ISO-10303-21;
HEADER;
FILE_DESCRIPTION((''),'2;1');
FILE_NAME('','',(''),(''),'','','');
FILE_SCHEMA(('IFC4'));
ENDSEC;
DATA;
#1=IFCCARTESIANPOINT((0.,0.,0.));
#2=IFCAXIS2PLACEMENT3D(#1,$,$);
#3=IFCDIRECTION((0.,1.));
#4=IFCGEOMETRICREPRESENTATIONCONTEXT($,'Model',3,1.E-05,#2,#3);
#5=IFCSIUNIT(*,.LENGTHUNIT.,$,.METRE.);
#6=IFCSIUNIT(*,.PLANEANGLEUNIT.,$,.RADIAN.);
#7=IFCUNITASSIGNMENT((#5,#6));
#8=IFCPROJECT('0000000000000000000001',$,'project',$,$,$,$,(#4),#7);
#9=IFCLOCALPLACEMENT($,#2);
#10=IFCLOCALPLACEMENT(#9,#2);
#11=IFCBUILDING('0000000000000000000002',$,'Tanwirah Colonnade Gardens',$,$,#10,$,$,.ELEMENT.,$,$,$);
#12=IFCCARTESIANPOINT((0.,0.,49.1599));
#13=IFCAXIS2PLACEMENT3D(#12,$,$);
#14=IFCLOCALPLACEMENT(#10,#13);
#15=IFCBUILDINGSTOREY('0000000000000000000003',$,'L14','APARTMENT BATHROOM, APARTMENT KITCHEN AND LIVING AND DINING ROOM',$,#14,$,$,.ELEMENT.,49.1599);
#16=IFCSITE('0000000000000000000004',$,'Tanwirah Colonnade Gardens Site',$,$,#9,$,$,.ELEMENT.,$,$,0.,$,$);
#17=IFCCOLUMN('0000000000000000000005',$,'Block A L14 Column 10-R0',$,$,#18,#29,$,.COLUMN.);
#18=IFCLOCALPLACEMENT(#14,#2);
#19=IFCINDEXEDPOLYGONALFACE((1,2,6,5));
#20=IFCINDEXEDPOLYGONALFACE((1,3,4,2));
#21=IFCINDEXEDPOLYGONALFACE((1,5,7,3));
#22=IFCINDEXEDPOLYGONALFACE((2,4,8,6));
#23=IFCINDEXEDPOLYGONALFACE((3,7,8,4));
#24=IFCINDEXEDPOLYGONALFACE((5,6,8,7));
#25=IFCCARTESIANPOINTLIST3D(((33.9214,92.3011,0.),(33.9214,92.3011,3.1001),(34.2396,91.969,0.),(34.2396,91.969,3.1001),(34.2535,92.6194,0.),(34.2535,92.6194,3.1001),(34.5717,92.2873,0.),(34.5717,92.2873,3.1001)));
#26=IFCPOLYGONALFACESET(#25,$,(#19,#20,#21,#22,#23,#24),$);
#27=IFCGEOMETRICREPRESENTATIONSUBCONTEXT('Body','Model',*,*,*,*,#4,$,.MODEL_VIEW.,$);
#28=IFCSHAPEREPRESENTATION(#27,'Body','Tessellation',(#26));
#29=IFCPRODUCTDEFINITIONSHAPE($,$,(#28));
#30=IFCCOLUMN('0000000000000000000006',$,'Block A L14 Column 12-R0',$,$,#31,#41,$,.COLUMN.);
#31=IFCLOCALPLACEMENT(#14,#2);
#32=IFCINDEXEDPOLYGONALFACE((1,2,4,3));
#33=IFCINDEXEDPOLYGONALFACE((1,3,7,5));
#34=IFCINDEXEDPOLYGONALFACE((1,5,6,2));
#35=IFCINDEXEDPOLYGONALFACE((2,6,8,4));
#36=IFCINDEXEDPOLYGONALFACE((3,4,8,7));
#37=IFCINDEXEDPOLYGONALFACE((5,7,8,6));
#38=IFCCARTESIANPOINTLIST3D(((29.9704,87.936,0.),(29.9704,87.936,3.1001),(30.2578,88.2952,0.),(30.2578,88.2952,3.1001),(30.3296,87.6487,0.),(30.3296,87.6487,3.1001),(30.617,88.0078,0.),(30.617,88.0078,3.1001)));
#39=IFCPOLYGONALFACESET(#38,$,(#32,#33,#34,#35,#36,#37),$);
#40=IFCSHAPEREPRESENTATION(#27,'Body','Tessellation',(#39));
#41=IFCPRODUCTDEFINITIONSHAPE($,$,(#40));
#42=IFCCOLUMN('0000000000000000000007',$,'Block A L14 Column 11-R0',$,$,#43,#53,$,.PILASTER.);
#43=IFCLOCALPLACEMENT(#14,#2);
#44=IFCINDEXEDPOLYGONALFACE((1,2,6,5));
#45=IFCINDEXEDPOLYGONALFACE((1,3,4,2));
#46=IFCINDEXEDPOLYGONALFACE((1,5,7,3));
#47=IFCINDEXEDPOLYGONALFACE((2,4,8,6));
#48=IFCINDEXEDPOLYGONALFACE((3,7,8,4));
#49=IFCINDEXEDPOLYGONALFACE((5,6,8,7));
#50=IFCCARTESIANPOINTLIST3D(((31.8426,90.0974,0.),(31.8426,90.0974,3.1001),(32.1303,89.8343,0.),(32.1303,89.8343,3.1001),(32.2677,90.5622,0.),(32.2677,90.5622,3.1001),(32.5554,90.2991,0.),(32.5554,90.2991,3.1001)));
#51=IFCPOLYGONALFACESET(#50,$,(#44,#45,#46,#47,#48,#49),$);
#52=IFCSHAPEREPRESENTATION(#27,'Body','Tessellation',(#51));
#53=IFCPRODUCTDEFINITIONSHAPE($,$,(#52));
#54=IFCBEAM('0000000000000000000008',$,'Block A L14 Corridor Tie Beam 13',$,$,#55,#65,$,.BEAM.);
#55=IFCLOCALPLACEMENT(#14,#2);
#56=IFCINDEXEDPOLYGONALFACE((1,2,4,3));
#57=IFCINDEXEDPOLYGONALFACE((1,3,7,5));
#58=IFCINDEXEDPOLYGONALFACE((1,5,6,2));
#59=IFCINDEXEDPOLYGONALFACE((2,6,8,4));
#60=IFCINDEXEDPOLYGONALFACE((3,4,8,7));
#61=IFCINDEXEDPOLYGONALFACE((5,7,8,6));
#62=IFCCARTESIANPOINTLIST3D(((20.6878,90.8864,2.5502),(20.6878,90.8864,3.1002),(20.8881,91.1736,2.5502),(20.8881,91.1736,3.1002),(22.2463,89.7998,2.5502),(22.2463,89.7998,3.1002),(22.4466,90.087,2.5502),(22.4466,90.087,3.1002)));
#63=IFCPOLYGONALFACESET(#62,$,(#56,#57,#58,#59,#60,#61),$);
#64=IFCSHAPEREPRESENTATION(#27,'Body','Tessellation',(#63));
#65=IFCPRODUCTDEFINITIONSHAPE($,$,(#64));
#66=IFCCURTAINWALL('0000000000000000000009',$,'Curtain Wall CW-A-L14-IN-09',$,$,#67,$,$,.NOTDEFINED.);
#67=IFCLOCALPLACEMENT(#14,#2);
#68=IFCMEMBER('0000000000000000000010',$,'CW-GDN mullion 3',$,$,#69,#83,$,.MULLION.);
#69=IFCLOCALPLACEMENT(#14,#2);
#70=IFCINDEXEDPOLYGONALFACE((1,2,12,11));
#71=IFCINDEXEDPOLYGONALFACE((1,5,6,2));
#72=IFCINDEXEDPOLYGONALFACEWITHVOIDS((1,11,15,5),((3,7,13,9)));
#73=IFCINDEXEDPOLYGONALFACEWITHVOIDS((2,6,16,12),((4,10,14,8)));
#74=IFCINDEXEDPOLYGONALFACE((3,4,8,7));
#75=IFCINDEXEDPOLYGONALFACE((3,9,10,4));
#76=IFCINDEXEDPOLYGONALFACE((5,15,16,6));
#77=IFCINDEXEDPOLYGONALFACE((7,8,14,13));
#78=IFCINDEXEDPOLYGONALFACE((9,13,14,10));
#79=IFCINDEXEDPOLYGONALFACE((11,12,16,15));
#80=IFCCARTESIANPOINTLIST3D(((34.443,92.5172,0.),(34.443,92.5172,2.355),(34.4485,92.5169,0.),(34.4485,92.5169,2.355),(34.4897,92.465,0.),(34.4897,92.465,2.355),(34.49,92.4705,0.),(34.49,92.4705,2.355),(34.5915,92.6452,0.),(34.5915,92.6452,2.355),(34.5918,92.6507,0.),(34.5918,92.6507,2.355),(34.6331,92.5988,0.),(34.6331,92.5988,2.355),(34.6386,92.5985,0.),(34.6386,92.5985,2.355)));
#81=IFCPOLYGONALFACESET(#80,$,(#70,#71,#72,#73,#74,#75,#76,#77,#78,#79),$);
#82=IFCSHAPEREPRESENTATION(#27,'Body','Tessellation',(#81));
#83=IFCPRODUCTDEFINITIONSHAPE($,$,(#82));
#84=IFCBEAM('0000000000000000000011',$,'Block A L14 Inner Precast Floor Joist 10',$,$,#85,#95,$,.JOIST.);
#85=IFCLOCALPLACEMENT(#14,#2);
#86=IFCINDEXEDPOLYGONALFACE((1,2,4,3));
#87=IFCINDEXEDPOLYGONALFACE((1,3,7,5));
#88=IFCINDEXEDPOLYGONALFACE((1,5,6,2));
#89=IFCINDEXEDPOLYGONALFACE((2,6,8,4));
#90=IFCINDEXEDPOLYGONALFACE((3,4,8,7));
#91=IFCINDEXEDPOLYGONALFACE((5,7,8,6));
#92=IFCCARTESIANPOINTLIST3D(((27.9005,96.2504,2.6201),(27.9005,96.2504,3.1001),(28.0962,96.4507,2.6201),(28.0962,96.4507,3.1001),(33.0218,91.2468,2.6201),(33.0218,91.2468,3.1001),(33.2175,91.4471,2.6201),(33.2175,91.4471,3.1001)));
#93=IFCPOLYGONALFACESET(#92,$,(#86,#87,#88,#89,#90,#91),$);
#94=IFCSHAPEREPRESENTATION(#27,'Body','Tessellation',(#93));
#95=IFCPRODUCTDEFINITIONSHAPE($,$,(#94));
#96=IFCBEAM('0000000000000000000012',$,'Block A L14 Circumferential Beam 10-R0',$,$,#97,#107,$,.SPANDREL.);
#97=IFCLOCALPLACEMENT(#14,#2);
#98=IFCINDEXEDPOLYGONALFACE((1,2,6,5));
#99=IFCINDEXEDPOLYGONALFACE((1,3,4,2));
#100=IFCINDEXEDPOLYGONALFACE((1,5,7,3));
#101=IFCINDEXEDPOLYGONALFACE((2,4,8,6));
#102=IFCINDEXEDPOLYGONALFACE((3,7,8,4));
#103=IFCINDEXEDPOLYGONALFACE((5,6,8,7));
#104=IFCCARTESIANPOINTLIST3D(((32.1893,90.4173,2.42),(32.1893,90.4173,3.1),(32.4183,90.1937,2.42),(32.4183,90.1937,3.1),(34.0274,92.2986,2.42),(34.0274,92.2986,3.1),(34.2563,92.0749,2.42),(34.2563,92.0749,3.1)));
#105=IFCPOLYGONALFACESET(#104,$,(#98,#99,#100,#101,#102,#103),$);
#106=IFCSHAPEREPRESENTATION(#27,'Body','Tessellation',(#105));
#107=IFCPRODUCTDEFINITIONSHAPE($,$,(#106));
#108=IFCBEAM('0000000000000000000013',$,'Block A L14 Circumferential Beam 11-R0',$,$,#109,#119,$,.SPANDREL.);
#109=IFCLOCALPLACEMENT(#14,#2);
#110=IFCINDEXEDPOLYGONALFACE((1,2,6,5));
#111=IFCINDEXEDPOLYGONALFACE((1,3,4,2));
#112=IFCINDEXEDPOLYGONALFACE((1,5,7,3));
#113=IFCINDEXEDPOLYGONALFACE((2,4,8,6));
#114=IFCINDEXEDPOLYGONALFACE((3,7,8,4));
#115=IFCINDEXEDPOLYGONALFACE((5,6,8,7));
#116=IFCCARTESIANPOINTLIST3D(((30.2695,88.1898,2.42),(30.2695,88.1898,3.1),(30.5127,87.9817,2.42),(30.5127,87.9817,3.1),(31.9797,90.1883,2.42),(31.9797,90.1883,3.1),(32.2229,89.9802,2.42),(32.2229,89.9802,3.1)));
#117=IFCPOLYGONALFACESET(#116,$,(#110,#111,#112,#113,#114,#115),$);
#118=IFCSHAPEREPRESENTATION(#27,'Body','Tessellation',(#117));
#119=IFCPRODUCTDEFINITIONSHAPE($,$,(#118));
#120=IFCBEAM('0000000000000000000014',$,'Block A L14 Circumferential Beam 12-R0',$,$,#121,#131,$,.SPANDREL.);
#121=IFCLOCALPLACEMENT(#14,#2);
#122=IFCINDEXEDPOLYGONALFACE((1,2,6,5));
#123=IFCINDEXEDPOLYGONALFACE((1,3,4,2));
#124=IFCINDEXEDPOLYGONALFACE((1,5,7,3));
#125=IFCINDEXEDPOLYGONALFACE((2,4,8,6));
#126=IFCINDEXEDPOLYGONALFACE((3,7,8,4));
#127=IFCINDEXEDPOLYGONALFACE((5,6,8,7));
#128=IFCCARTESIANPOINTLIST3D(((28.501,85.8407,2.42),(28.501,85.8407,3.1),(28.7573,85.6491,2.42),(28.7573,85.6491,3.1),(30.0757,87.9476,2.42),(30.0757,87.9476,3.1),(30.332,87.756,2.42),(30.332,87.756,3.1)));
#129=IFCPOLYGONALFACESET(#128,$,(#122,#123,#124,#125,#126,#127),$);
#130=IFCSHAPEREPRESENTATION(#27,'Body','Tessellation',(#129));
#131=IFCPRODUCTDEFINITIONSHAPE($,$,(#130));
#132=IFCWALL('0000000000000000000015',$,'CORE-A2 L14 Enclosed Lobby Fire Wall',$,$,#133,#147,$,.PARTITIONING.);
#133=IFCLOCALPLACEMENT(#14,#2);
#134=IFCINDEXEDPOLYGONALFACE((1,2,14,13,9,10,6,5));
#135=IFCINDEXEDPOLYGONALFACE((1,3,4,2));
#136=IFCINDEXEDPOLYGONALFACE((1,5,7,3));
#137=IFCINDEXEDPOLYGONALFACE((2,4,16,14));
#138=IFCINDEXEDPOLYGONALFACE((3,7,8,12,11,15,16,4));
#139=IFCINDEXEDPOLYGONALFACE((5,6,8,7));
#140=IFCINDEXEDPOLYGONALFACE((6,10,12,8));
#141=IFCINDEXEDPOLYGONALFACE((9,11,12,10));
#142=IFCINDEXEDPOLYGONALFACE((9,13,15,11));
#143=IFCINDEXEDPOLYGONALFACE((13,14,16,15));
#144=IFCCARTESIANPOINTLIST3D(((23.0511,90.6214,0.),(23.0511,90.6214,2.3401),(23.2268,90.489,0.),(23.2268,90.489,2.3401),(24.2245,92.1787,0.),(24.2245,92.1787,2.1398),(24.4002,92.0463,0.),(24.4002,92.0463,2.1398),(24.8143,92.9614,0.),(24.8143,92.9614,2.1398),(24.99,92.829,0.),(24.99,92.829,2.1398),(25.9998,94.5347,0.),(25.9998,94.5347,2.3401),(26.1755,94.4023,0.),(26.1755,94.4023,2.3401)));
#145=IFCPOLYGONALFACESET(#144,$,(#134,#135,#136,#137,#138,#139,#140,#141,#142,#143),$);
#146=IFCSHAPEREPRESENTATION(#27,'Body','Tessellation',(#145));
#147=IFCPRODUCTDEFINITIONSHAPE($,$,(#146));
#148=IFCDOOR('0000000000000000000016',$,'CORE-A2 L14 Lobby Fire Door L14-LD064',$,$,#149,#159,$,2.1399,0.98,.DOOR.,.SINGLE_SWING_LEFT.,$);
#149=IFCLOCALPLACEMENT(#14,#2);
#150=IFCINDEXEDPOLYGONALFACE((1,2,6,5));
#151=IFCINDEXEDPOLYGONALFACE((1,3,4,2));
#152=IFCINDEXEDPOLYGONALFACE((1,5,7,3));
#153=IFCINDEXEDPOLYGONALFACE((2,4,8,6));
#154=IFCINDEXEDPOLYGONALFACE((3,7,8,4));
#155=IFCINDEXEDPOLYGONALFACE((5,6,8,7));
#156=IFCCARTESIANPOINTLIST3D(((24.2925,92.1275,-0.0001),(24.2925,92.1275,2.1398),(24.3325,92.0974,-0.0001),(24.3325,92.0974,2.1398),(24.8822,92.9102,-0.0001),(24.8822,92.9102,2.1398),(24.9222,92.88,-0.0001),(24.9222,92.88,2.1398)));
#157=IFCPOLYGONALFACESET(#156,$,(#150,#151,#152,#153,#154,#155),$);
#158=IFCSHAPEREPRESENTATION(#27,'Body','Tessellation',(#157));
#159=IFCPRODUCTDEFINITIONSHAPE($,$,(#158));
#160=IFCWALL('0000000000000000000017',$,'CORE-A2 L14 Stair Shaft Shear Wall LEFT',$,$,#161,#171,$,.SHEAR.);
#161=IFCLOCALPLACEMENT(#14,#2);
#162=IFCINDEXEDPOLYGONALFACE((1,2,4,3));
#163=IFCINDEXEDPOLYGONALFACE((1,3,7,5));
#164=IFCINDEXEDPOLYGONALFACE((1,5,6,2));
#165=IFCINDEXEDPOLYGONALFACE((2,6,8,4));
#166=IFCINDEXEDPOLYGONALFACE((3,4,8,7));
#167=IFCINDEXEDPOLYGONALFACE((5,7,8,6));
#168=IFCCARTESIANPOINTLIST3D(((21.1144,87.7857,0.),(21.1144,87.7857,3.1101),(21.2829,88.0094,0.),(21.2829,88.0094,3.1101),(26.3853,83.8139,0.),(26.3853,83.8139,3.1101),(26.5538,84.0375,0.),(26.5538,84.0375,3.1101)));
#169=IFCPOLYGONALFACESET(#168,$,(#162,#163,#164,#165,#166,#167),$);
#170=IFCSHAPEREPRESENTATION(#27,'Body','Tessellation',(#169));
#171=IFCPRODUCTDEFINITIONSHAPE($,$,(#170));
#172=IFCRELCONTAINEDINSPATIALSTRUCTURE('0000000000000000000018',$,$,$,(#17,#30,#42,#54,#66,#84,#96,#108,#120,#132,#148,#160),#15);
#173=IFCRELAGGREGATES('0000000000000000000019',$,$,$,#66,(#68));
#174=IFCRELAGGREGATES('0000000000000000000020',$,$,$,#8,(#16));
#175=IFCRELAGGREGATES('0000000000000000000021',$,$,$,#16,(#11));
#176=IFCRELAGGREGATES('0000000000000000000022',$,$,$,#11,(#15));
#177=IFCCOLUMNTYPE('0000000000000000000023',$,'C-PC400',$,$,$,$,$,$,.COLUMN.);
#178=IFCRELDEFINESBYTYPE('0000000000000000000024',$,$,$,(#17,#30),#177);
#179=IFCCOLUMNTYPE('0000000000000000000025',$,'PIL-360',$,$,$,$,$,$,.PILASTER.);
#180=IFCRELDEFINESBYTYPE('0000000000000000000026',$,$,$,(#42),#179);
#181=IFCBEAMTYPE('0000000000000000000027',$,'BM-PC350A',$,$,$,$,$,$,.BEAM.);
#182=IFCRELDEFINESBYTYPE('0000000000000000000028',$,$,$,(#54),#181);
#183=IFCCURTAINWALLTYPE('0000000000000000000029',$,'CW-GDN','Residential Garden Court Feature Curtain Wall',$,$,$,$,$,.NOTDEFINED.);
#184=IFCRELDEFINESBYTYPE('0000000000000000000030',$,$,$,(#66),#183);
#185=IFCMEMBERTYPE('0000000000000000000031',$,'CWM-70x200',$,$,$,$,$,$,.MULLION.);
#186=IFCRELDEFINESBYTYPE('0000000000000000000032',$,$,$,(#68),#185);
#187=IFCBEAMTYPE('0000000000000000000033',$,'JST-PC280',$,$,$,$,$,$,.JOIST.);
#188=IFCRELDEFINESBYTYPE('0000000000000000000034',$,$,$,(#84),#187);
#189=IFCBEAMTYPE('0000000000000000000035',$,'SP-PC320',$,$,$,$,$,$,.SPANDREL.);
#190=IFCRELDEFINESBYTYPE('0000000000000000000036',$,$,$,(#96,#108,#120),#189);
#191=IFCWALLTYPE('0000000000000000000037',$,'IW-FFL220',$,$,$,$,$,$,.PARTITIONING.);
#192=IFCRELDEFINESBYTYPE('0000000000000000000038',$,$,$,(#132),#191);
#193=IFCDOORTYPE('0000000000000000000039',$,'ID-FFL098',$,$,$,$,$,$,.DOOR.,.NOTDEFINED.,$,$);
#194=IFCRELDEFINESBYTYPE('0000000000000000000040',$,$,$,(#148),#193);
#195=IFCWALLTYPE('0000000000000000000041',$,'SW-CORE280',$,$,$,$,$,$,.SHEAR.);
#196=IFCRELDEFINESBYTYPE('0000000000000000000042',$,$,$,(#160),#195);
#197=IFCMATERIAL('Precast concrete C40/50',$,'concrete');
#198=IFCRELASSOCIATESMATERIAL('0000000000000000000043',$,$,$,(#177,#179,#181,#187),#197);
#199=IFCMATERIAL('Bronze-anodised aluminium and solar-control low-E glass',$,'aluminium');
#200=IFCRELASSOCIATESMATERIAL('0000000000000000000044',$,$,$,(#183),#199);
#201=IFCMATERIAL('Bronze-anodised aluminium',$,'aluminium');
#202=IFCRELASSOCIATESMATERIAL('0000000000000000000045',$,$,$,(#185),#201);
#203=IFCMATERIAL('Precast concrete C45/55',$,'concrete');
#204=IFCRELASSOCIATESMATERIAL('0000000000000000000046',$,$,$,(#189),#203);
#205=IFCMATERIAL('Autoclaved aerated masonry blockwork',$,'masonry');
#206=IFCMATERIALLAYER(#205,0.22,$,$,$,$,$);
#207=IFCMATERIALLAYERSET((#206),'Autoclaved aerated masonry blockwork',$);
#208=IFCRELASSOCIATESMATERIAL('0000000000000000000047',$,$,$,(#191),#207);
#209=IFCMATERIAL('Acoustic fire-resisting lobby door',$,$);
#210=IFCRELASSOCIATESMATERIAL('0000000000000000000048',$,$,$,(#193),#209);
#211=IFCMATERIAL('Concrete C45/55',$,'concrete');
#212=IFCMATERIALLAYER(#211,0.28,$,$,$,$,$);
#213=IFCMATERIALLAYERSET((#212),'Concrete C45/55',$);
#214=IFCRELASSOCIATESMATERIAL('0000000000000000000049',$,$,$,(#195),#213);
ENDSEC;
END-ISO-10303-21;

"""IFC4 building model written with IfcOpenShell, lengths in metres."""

from ifc_helpers import new_model, si_unit, direction, frame, frame_2d, origin, origin_2d, place, context, subcontext, project, spatial, rectangle, hollow_rectangle, extrude, material, layer, layer_set, material_profile, profile_set, type_object, element, fill, aggregate, save


model = new_model("IFC4")

# Units and contexts
model_context = context("Model", 3, precision=1e-05, world=origin(), true_north=direction((0.0, 1.0)))
body_context = subcontext(model_context, "Body", "Model", "MODEL_VIEW")
ifc_project = project(units=[si_unit("LENGTHUNIT", "METRE"), si_unit("PLANEANGLEUNIT", "RADIAN")], contexts=[model_context])

# Site, building, storey
site_placement = place(None, origin())
site = spatial("IfcSite", under=ifc_project, at=site_placement, Name="Tanwirah Colonnade Gardens Site", CompositionType="ELEMENT", RefElevation=0.0)
building_placement = place(site_placement, origin())
building = spatial("IfcBuilding", under=site, at=building_placement, Name="Tanwirah Colonnade Gardens", CompositionType="ELEMENT")
storey_placement = place(building_placement, frame((0.0, 0.0, 49.1599)))
storey = spatial("IfcBuildingStorey", under=building, at=storey_placement, Name="L14", Description="APARTMENT BATHROOM, APARTMENT KITCHEN AND LIVING AND DINING ROOM", CompositionType="ELEMENT", Elevation=49.1599)

# Columns
ifc_material_1 = material(Name="Precast concrete C40/50", Category="concrete")
ifc_material_profile_1 = material_profile(ifc_material_1, rectangle(XDim=0.46, YDim=0.46, at=origin_2d()), Name="PC-COL 460x460")
ifc_profile_set_1 = profile_set([ifc_material_profile_1], Name="Precast concrete C40/50")
column_type_1 = type_object("IfcColumnType", Name="C-PC400", PredefinedType="COLUMN", material=ifc_profile_set_1)
for number, where, z_axis, x_axis, name in (
    (1, (34.2466, 92.2942, 0.0), (0.0, 0.0, 1.0), (-0.691863, 0.722029, 0.0), "Block A L14 Column 10-R0"),
    (2, (30.2937, 87.9719, 0.0), (0.0, 0.0, 1.0), (-0.780794, 0.624788, 0.0), "Block A L14 Column 12-R0"),
):
    element("IfcColumn", number, at=place(storey_placement, frame(where, z_axis=z_axis, x_axis=x_axis)), inside=storey, type_object=column_type_1, Name=name, PredefinedType="COLUMN", context=body_context, shape_type="SweptSolid", body=[
        extrude(rectangle(XDim=0.46, YDim=0.46, at=origin_2d()), origin(), (0.0, 0.0, 1.0), 3.1001),
    ])
ifc_material_profile_2 = material_profile(ifc_material_1, rectangle(XDim=0.3899, YDim=0.6299, at=origin_2d()), Name="PC-PIL 390x630")
ifc_profile_set_2 = profile_set([ifc_material_profile_2], Name="Precast concrete C40/50")
column_type_2 = type_object("IfcColumnType", Name="PIL-360", PredefinedType="PILASTER", material=ifc_profile_set_2)
column_placement = place(storey_placement, frame((32.199, 90.1982, 0.0), z_axis=(0.0, 0.0, 1.0), x_axis=(-0.737932, 0.674875, 0.0)))
element("IfcColumn", 3, at=column_placement, inside=storey, type_object=column_type_2, Name="Block A L14 Column 11-R0", PredefinedType="PILASTER", context=body_context, shape_type="SweptSolid", body=[
    extrude(rectangle(XDim=0.3899, YDim=0.6299, at=origin_2d()), origin(), (0.0, 0.0, 1.0), 3.1001),
])

# Beam
ifc_material_profile_3 = material_profile(ifc_material_1, rectangle(XDim=0.3501, YDim=0.55, at=origin_2d()), Name="PC-BM 350x550")
ifc_profile_set_3 = profile_set([ifc_material_profile_3], Name="Precast concrete C40/50")
beam_type_1 = type_object("IfcBeamType", Name="BM-PC350A", PredefinedType="BEAM", material=ifc_profile_set_3)
beam_1_placement = place(storey_placement, frame((22.3464, 89.9434, 2.8252), z_axis=(-0.820305, 0.571926, 0.0), x_axis=(-0.571926, -0.820305, 0.0)))
element("IfcBeam", 4, at=beam_1_placement, inside=storey, type_object=beam_type_1, Name="Block A L14 Corridor Tie Beam 13", PredefinedType="BEAM", context=body_context, shape_type="SweptSolid", body=[
    extrude(rectangle(XDim=0.3501, YDim=0.55, at=origin_2d()), origin(), (0.0, 0.0, 1.0), 1.8999),
])

# Curtain wall, member
ifc_material_2 = material(Name="Bronze-anodised aluminium and solar-control low-E glass", Category="aluminium")
curtain_wall_type = type_object("IfcCurtainWallType", Name="CW-GDN", Description="Residential Garden Court Feature Curtain Wall", PredefinedType="NOTDEFINED", material=ifc_material_2)
curtain_wall_placement = place(storey_placement, origin())
curtain_wall = element("IfcCurtainWall", 5, at=curtain_wall_placement, inside=storey, type_object=curtain_wall_type, Name="Curtain Wall CW-A-L14-IN-09", PredefinedType="NOTDEFINED")
ifc_material_3 = material(Name="Bronze-anodised aluminium", Category="aluminium")
ifc_material_profile_4 = material_profile(ifc_material_3, hollow_rectangle(XDim=0.0701, YDim=0.2, WallThickness=0.0039, at=origin_2d()), Name="CW-MUL 70x200x4")
ifc_profile_set_4 = profile_set([ifc_material_profile_4], Name="Bronze-anodised aluminium")
member_type = type_object("IfcMemberType", Name="CWM-70x200", PredefinedType="MULLION", material=ifc_profile_set_4)
member_placement = place(storey_placement, frame((34.5408, 92.5579, 0.0), z_axis=(0.0, 0.0, 1.0), x_axis=(0.667689, -0.74444, 0.0)))
member = element("IfcMember", 6, at=member_placement, type_object=member_type, Name="CW-GDN mullion 3", PredefinedType="MULLION", context=body_context, shape_type="SweptSolid", body=[
    extrude(hollow_rectangle(XDim=0.0701, YDim=0.2, WallThickness=0.0039, at=origin_2d()), origin(), (0.0, 0.0, 1.0), 2.355),
])
aggregate(curtain_wall, [member])

# Beams
ifc_material_profile_5 = material_profile(ifc_material_1, rectangle(XDim=0.28, YDim=0.48, at=origin_2d()), Name="PC-JST 280x480")
ifc_profile_set_5 = profile_set([ifc_material_profile_5], Name="Precast concrete C40/50")
beam_type_2 = type_object("IfcBeamType", Name="JST-PC280", PredefinedType="JOIST", material=ifc_profile_set_5)
beam_2_placement = place(storey_placement, frame((33.1196, 91.3469, 2.8601), z_axis=(-0.715277, 0.698841, 0.0), x_axis=(-0.698841, -0.715277, 0.0)))
element("IfcBeam", 7, at=beam_2_placement, inside=storey, type_object=beam_type_2, Name="Block A L14 Inner Precast Floor Joist 10", PredefinedType="JOIST", context=body_context, shape_type="SweptSolid", body=[
    extrude(rectangle(XDim=0.28, YDim=0.48, at=origin_2d()), origin(), (0.0, 0.0, 1.0), 7.1599),
])
ifc_material_4 = material(Name="Precast concrete C45/55", Category="concrete")
ifc_material_profile_6 = material_profile(ifc_material_4, rectangle(XDim=0.3201, YDim=0.6799, at=origin_2d()), Name="PC-SP 320x680")
ifc_profile_set_6 = profile_set([ifc_material_profile_6], Name="Precast concrete C45/55")
beam_type_3 = type_object("IfcBeamType", Name="SP-PC320", PredefinedType="SPANDREL", material=ifc_profile_set_6)
beam_3_placement = place(storey_placement, frame((34.1418, 92.1868, 2.76), z_axis=(-0.698844, -0.715274, 0.0), x_axis=(0.715274, -0.698844, 0.0)))
element("IfcBeam", 8, at=beam_3_placement, inside=storey, type_object=beam_type_3, Name="Block A L14 Circumferential Beam 10-R0", PredefinedType="SPANDREL", context=body_context, shape_type="SweptSolid", body=[
    extrude(rectangle(XDim=0.3201, YDim=0.6799, at=origin_2d()), origin(), (0.0, 0.0, 1.0), 2.6301),
])
for number, where, z_axis, x_axis, name in (
    (9, (32.1013, 90.0842, 2.76), (-0.650172, -0.759787, 0.0), (0.759787, -0.650172, 0.0), "Block A L14 Circumferential Beam 11-R0"),
    (10, (30.2039, 87.8518, 2.76), (-0.598663, -0.801001, 0.0), (0.801001, -0.598663, 0.0), "Block A L14 Circumferential Beam 12-R0"),
):
    element("IfcBeam", number, at=place(storey_placement, frame(where, z_axis=z_axis, x_axis=x_axis)), inside=storey, type_object=beam_type_3, Name=name, PredefinedType="SPANDREL", context=body_context, shape_type="SweptSolid", body=[
        extrude(rectangle(XDim=0.3201, YDim=0.6799, at=origin_2d()), origin(), (0.0, 0.0, 1.0), 2.6304),
    ])

# Wall, opening, door
ifc_material_5 = material(Name="Autoclaved aerated masonry blockwork", Category="masonry")
ifc_layer_1 = layer(ifc_material_5, 0.22)
ifc_layer_set_1 = layer_set([ifc_layer_1], Name="Autoclaved aerated masonry blockwork")
wall_type_1 = type_object("IfcWallType", Name="IW-FFL220", PredefinedType="PARTITIONING", material=ifc_layer_set_1)
wall_1_placement = place(storey_placement, frame((23.1389, 90.5552, 0.0), z_axis=(0.0, 0.0, 1.0), x_axis=(0.601792, 0.798653, 0.0)))
wall_1 = element("IfcWall", 11, at=wall_1_placement, inside=storey, type_object=wall_type_1, Name="CORE-A2 L14 Enclosed Lobby Fire Wall", PredefinedType="PARTITIONING", context=body_context, shape_type="SweptSolid", body=[
    extrude(rectangle(XDim=4.8999, YDim=0.22, at=frame_2d((2.45, 0.0))), origin(), (0.0, 0.0, 1.0), 2.3401),
])
opening_1_placement = place(wall_1_placement, frame((1.95, 0.0, 0.0)))
opening_1 = element("IfcOpeningElement", 12, at=opening_1_placement, cuts=wall_1, PredefinedType="OPENING", context=body_context, shape_type="SweptSolid", body=[
    extrude(rectangle(XDim=0.98, YDim=2.1399, at=frame_2d((0.49, 1.0698))), frame((0.0, 0.1199, 0.0), z_axis=(0.0, -1.0, 0.0), x_axis=(1.0, 0.0, 0.0)), (0.0, 0.0, 1.0), 0.24),
])
ifc_material_6 = material(Name="Acoustic fire-resisting lobby door")
door_type_1 = type_object("IfcDoorType", Name="ID-FFL098", OperationType="NOTDEFINED", PredefinedType="DOOR", material=ifc_material_6)
door_1_placement = place(opening_1_placement, origin())
door_1 = element("IfcDoor", 13, at=door_1_placement, inside=storey, type_object=door_type_1, Name="CORE-A2 L14 Lobby Fire Door L14-LD064", OperationType="SINGLE_SWING_LEFT", OverallHeight=2.1399, OverallWidth=0.98, PredefinedType="DOOR", context=body_context, shape_type="SweptSolid", body=[
    extrude(rectangle(XDim=0.98, YDim=2.1399, at=frame_2d((0.49, 1.0698))), frame((0.0, 0.0249, 0.0), z_axis=(0.0, -1.0, 0.0), x_axis=(1.0, 0.0, 0.0)), (0.0, 0.0, 1.0), 0.05),
])
fill(opening_1, door_1)

# Wall
ifc_material_7 = material(Name="Concrete C45/55", Category="concrete")
ifc_layer_2 = layer(ifc_material_7, 0.28)
ifc_layer_set_2 = layer_set([ifc_layer_2], Name="Concrete C45/55")
wall_type_2 = type_object("IfcWallType", Name="SW-CORE280", PredefinedType="SHEAR", material=ifc_layer_set_2)
wall_2_placement = place(storey_placement, frame((21.1987, 87.8975, 0.0), z_axis=(0.0, 0.0, 1.0), x_axis=(0.79864, -0.60181, 0.0)))
element("IfcWall", 14, at=wall_2_placement, inside=storey, type_object=wall_type_2, Name="CORE-A2 L14 Stair Shaft Shear Wall LEFT", PredefinedType="SHEAR", context=body_context, shape_type="SweptSolid", body=[
    extrude(rectangle(XDim=6.5999, YDim=0.28, at=frame_2d((3.2998, 0.0))), origin(), (0.0, 0.0, 1.0), 3.1101),
])

save(model, "model.ifc")
